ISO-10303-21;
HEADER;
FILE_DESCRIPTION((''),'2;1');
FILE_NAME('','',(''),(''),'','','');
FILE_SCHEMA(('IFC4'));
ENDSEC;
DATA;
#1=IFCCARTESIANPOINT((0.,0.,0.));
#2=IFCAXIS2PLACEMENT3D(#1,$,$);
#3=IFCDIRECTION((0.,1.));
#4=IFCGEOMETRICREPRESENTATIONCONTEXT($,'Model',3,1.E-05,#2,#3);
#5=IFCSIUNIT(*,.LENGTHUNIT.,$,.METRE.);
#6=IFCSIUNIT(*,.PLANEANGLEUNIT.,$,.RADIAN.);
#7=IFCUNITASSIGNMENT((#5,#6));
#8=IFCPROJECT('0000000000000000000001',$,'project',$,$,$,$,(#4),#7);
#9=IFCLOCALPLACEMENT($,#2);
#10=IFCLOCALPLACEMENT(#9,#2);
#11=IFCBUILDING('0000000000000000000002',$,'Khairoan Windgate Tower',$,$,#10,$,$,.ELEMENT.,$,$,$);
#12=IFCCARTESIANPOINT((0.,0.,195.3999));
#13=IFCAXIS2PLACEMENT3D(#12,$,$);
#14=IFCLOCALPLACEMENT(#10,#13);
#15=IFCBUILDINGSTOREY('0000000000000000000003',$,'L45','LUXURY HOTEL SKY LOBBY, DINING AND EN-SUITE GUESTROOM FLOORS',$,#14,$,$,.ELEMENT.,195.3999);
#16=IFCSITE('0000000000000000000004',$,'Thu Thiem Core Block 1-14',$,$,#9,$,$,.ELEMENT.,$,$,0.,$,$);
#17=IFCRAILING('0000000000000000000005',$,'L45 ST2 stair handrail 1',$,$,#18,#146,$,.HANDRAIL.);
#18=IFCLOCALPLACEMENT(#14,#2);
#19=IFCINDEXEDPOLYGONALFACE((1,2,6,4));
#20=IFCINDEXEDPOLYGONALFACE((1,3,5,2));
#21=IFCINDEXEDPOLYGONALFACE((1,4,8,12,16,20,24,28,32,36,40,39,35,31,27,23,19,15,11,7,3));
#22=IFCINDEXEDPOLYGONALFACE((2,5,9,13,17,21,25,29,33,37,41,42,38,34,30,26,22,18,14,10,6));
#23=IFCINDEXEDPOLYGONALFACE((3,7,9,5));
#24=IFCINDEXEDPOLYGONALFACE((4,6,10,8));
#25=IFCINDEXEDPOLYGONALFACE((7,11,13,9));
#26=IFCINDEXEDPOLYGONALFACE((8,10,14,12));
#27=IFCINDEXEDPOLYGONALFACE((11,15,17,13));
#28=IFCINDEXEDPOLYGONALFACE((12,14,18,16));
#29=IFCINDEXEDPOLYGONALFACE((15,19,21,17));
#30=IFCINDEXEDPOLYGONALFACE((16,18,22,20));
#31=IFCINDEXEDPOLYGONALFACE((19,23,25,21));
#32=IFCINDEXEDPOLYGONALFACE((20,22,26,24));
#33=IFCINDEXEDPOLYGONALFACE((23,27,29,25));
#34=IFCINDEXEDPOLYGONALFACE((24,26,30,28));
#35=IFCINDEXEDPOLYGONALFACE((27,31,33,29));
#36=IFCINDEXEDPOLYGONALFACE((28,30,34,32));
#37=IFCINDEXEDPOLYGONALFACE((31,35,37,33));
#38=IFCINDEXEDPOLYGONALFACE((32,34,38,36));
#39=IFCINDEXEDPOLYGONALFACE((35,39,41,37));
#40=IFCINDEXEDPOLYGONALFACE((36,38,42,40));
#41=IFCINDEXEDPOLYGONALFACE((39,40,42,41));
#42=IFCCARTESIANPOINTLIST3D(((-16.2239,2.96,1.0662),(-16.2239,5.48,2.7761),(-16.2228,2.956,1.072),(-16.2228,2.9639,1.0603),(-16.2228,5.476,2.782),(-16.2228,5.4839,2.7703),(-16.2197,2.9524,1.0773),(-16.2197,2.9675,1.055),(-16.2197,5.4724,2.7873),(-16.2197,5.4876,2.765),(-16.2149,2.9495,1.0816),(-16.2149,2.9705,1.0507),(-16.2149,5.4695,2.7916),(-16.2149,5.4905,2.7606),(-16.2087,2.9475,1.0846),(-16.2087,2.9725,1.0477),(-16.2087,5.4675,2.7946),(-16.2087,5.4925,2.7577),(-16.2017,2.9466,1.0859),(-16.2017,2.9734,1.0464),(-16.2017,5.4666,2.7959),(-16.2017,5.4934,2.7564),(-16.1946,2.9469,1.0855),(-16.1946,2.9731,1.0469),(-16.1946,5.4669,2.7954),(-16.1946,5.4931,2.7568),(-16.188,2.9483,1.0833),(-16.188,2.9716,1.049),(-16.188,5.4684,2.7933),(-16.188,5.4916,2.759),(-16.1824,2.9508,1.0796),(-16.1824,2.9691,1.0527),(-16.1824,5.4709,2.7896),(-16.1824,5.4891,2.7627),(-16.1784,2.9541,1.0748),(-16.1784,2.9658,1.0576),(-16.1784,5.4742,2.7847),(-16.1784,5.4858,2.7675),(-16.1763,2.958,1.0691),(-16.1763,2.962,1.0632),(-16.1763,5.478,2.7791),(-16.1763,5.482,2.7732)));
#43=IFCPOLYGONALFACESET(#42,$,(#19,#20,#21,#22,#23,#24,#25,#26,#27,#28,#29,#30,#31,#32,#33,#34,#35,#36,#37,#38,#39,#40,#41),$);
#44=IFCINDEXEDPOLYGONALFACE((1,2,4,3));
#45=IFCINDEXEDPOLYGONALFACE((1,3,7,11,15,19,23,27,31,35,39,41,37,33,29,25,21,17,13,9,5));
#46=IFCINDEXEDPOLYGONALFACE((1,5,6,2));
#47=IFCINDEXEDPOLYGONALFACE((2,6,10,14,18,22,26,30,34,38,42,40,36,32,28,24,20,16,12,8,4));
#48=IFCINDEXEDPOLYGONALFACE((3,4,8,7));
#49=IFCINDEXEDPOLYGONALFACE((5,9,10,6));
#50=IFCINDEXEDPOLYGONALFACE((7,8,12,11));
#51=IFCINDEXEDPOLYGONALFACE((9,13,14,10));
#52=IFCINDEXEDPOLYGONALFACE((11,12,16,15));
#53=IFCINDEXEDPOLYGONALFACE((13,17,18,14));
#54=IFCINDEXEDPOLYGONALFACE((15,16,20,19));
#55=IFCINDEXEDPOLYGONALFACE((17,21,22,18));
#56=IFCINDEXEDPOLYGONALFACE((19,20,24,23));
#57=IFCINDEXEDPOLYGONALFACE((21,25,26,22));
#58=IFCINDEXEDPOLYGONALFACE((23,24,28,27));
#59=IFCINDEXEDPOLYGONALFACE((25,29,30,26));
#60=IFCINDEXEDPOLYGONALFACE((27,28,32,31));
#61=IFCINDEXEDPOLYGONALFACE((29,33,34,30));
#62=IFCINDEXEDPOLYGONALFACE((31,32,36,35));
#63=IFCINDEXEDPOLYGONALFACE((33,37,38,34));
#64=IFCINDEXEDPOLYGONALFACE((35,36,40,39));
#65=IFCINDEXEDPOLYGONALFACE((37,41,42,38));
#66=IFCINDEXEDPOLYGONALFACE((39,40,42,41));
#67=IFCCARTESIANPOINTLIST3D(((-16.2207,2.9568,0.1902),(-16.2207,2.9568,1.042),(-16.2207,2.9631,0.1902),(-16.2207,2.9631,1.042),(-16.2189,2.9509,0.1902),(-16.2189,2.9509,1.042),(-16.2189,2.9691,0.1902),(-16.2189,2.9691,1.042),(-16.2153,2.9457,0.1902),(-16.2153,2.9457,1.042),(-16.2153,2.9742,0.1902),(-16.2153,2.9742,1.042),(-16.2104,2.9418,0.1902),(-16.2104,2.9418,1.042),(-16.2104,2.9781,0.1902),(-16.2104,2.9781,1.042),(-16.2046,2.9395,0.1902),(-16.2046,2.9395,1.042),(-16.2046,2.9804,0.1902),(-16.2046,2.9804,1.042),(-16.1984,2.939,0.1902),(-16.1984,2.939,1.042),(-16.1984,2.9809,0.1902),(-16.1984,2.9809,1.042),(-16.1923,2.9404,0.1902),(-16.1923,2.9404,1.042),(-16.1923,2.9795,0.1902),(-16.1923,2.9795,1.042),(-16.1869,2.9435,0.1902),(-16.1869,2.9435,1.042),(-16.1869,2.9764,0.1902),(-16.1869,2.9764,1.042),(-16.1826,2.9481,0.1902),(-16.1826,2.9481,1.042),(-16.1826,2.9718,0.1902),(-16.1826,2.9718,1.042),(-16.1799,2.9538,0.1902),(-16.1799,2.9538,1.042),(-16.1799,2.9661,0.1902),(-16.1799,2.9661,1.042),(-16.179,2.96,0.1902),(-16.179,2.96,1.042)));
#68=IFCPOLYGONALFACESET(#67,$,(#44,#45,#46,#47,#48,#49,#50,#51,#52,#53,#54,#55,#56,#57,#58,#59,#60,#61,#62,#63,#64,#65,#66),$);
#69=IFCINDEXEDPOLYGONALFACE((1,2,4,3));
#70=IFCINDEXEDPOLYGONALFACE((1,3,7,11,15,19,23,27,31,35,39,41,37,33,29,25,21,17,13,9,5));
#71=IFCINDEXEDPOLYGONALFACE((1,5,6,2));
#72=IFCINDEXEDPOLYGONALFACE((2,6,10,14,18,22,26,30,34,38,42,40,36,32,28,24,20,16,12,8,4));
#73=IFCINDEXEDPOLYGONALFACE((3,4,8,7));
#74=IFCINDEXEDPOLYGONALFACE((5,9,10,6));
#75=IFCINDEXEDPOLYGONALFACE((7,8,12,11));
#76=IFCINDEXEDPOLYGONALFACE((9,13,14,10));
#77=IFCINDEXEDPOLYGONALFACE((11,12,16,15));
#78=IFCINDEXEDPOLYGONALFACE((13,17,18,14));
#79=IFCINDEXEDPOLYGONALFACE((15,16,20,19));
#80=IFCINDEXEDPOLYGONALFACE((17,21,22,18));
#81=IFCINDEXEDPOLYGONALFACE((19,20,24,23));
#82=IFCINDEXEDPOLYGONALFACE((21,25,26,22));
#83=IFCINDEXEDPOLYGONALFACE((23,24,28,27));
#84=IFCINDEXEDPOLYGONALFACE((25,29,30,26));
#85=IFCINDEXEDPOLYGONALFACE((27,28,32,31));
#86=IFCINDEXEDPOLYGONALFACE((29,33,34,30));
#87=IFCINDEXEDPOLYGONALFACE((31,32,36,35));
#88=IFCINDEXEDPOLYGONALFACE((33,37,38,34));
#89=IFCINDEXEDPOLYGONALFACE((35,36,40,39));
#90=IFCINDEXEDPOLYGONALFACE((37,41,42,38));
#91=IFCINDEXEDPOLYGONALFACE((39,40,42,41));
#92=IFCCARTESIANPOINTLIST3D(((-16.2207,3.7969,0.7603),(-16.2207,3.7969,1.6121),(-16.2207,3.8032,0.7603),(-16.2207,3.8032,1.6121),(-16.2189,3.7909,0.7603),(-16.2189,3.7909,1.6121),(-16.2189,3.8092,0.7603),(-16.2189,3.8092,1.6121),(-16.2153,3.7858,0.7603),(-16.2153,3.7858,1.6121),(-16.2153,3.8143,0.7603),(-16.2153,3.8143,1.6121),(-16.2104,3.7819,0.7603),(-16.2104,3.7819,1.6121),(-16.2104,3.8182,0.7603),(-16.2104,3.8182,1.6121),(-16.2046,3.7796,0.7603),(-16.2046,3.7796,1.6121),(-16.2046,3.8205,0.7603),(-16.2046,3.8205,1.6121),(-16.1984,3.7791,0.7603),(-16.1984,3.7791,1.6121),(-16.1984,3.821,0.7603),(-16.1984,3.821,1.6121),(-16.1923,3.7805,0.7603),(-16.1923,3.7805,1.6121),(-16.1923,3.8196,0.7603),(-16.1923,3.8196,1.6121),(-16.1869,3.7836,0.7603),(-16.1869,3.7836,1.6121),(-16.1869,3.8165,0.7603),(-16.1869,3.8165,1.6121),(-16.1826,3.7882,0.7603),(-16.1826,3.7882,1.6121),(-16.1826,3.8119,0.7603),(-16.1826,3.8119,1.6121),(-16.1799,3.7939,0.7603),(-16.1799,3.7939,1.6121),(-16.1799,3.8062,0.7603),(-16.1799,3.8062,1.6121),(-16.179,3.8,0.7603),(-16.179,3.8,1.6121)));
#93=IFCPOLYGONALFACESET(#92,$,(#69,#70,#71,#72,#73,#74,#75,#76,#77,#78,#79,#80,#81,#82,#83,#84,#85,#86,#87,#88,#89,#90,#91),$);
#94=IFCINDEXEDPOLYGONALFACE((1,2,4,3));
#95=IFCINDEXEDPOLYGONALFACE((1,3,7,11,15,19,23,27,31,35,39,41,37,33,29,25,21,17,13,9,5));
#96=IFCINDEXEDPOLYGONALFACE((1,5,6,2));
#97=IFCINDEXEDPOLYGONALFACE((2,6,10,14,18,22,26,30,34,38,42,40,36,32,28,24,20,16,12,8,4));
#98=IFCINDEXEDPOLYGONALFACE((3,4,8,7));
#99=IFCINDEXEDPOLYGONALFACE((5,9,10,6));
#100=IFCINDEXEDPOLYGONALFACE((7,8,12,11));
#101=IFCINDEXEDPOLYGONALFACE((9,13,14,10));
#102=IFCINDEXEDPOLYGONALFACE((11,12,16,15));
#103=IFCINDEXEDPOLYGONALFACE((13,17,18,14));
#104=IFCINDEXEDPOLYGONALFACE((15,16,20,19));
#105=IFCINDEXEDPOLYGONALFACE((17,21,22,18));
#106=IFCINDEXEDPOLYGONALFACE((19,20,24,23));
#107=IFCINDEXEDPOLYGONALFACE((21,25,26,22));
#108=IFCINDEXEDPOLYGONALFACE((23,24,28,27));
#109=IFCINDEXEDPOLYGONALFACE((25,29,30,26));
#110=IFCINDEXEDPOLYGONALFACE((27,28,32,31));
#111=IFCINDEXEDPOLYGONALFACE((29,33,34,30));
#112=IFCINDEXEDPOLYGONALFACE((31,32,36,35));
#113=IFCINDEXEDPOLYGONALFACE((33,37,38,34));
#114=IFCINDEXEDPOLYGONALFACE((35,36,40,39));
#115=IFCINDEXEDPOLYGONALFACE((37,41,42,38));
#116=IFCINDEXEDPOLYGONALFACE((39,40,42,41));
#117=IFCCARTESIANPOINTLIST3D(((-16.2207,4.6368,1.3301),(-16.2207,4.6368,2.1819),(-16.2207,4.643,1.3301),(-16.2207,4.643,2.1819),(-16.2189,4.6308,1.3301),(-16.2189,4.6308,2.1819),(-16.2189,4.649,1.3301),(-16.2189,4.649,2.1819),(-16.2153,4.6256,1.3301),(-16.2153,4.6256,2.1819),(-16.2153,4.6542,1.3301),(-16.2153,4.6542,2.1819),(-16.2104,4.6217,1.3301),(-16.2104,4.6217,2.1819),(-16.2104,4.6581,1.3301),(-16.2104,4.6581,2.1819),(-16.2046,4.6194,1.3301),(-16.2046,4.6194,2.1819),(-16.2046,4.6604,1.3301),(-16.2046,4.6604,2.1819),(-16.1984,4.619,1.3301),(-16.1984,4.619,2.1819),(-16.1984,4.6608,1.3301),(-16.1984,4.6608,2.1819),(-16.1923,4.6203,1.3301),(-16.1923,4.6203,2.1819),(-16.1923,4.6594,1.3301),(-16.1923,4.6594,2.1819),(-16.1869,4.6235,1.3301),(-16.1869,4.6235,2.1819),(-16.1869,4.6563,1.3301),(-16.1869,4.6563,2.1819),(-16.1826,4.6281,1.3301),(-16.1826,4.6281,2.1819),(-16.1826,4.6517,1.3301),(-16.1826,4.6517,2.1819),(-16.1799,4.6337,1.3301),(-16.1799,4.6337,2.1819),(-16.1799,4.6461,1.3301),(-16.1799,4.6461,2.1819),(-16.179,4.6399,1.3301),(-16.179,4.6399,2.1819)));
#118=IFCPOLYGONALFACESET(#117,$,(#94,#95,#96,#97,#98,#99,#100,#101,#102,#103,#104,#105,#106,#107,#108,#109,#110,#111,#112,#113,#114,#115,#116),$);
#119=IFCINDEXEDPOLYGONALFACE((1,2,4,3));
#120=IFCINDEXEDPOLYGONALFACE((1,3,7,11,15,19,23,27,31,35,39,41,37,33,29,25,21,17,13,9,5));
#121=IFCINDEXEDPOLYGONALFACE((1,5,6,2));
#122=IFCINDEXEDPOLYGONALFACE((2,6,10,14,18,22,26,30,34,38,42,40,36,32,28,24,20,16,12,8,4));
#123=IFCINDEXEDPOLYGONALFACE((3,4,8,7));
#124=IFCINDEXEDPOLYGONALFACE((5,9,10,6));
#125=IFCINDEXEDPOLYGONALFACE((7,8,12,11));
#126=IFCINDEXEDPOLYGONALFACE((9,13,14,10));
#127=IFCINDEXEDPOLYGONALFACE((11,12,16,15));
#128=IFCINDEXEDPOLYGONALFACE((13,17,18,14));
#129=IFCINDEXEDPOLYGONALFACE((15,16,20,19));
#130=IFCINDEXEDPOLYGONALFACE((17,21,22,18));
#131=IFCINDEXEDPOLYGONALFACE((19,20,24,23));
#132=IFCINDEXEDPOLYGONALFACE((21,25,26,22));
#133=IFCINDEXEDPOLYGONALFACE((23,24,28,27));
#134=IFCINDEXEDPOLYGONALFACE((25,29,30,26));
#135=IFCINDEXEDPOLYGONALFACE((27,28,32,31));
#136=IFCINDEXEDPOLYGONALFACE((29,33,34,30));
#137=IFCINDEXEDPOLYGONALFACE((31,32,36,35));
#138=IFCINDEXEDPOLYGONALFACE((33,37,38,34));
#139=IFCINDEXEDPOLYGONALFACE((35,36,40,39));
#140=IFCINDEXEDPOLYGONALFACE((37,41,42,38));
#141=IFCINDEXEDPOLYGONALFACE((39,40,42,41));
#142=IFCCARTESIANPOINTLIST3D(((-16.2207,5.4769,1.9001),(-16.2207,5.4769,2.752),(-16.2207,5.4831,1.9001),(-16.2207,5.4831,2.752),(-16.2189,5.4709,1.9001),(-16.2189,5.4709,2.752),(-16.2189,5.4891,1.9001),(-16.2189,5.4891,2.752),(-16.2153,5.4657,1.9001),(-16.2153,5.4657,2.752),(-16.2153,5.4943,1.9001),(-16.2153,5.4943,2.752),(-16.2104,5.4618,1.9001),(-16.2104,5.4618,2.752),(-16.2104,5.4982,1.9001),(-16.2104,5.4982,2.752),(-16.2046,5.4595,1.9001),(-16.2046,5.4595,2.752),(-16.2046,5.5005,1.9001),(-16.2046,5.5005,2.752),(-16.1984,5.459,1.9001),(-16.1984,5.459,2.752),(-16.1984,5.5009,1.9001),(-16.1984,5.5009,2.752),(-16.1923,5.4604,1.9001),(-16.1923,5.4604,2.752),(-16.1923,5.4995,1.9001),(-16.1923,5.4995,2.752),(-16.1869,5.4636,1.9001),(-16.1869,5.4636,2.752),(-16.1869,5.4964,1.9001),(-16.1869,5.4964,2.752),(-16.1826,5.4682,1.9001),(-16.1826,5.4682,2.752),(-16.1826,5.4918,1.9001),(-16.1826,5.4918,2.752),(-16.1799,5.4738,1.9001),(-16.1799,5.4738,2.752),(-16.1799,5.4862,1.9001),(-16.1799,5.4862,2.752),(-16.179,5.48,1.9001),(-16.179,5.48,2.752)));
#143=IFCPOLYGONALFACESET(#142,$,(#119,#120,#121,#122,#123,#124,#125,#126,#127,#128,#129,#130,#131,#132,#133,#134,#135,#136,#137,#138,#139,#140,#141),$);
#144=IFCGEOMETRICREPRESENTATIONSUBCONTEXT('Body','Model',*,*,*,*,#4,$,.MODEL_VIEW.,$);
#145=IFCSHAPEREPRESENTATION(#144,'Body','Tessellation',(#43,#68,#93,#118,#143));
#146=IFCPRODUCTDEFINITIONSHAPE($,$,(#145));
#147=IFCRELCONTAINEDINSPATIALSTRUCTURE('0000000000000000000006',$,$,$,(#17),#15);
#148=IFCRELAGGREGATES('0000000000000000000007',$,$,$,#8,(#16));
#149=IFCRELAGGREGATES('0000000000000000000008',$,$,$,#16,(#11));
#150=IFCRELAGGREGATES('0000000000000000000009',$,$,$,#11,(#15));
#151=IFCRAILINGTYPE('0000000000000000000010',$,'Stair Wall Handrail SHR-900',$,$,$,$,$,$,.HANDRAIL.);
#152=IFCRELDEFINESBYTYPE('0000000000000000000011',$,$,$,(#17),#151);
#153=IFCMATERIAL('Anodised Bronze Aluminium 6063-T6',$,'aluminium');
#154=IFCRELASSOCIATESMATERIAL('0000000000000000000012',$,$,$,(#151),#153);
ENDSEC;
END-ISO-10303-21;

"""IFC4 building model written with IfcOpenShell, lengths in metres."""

from ifc_helpers import new_model, si_unit, direction, frame, origin, origin_2d, place, context, subcontext, project, spatial, circle, extrude, material, type_object, element, save


model = new_model("IFC4")

# Units and contexts
model_context = context("Model", 3, precision=1e-05, world=origin(), true_north=direction((0.0, 1.0)))
body_context = subcontext(model_context, "Body", "Model", "MODEL_VIEW")
ifc_project = project(units=[si_unit("LENGTHUNIT", "METRE"), si_unit("PLANEANGLEUNIT", "RADIAN")], contexts=[model_context])

# Site, building, storey
site_placement = place(None, origin())
site = spatial("IfcSite", under=ifc_project, at=site_placement, Name="Thu Thiem Core Block 1-14", CompositionType="ELEMENT", RefElevation=0.0)
building_placement = place(site_placement, origin())
building = spatial("IfcBuilding", under=site, at=building_placement, Name="Khairoan Windgate Tower", CompositionType="ELEMENT")
storey_placement = place(building_placement, frame((0.0, 0.0, 195.3999)))
storey = spatial("IfcBuildingStorey", under=building, at=storey_placement, Name="L45", Description="LUXURY HOTEL SKY LOBBY, DINING AND EN-SUITE GUESTROOM FLOORS", CompositionType="ELEMENT", Elevation=195.3999)

# Railing
ifc_material_1 = material(Name="Anodised Bronze Aluminium 6063-T6", Category="aluminium")
railing_type_1 = type_object("IfcRailingType", Name="Stair Wall Handrail SHR-900", PredefinedType="HANDRAIL", material=ifc_material_1)
railing_1_placement = place(storey_placement, frame((-16.2, 2.96, 0.1902)))
element("IfcRailing", 1, at=railing_1_placement, inside=storey, type_object=railing_type_1, Name="L45 ST2 stair handrail 1", PredefinedType="HANDRAIL", context=body_context, shape_type="SweptSolid", body=[
    extrude(circle(Radius=0.0239, at=origin_2d()), frame((0.0, 0.0, 0.876), z_axis=(0.0, 0.827484, 0.56149), x_axis=(-1.0, 0.0, 0.0)), (0.0, 0.0, 1.0), 3.0454),
    extrude(circle(Radius=0.021, at=origin_2d()), origin(), (0.0, 0.0, 1.0), 0.8518),
    extrude(circle(Radius=0.021, at=origin_2d()), frame((0.0, 0.8401, 0.5701)), (0.0, 0.0, 1.0), 0.8518),
    extrude(circle(Radius=0.021, at=origin_2d()), frame((0.0, 1.6799, 1.1399)), (0.0, 0.0, 1.0), 0.8518),
    extrude(circle(Radius=0.021, at=origin_2d()), frame((0.0, 2.52, 1.71)), (0.0, 0.0, 1.0), 0.8518),
])

save(model, "model.ifc")
